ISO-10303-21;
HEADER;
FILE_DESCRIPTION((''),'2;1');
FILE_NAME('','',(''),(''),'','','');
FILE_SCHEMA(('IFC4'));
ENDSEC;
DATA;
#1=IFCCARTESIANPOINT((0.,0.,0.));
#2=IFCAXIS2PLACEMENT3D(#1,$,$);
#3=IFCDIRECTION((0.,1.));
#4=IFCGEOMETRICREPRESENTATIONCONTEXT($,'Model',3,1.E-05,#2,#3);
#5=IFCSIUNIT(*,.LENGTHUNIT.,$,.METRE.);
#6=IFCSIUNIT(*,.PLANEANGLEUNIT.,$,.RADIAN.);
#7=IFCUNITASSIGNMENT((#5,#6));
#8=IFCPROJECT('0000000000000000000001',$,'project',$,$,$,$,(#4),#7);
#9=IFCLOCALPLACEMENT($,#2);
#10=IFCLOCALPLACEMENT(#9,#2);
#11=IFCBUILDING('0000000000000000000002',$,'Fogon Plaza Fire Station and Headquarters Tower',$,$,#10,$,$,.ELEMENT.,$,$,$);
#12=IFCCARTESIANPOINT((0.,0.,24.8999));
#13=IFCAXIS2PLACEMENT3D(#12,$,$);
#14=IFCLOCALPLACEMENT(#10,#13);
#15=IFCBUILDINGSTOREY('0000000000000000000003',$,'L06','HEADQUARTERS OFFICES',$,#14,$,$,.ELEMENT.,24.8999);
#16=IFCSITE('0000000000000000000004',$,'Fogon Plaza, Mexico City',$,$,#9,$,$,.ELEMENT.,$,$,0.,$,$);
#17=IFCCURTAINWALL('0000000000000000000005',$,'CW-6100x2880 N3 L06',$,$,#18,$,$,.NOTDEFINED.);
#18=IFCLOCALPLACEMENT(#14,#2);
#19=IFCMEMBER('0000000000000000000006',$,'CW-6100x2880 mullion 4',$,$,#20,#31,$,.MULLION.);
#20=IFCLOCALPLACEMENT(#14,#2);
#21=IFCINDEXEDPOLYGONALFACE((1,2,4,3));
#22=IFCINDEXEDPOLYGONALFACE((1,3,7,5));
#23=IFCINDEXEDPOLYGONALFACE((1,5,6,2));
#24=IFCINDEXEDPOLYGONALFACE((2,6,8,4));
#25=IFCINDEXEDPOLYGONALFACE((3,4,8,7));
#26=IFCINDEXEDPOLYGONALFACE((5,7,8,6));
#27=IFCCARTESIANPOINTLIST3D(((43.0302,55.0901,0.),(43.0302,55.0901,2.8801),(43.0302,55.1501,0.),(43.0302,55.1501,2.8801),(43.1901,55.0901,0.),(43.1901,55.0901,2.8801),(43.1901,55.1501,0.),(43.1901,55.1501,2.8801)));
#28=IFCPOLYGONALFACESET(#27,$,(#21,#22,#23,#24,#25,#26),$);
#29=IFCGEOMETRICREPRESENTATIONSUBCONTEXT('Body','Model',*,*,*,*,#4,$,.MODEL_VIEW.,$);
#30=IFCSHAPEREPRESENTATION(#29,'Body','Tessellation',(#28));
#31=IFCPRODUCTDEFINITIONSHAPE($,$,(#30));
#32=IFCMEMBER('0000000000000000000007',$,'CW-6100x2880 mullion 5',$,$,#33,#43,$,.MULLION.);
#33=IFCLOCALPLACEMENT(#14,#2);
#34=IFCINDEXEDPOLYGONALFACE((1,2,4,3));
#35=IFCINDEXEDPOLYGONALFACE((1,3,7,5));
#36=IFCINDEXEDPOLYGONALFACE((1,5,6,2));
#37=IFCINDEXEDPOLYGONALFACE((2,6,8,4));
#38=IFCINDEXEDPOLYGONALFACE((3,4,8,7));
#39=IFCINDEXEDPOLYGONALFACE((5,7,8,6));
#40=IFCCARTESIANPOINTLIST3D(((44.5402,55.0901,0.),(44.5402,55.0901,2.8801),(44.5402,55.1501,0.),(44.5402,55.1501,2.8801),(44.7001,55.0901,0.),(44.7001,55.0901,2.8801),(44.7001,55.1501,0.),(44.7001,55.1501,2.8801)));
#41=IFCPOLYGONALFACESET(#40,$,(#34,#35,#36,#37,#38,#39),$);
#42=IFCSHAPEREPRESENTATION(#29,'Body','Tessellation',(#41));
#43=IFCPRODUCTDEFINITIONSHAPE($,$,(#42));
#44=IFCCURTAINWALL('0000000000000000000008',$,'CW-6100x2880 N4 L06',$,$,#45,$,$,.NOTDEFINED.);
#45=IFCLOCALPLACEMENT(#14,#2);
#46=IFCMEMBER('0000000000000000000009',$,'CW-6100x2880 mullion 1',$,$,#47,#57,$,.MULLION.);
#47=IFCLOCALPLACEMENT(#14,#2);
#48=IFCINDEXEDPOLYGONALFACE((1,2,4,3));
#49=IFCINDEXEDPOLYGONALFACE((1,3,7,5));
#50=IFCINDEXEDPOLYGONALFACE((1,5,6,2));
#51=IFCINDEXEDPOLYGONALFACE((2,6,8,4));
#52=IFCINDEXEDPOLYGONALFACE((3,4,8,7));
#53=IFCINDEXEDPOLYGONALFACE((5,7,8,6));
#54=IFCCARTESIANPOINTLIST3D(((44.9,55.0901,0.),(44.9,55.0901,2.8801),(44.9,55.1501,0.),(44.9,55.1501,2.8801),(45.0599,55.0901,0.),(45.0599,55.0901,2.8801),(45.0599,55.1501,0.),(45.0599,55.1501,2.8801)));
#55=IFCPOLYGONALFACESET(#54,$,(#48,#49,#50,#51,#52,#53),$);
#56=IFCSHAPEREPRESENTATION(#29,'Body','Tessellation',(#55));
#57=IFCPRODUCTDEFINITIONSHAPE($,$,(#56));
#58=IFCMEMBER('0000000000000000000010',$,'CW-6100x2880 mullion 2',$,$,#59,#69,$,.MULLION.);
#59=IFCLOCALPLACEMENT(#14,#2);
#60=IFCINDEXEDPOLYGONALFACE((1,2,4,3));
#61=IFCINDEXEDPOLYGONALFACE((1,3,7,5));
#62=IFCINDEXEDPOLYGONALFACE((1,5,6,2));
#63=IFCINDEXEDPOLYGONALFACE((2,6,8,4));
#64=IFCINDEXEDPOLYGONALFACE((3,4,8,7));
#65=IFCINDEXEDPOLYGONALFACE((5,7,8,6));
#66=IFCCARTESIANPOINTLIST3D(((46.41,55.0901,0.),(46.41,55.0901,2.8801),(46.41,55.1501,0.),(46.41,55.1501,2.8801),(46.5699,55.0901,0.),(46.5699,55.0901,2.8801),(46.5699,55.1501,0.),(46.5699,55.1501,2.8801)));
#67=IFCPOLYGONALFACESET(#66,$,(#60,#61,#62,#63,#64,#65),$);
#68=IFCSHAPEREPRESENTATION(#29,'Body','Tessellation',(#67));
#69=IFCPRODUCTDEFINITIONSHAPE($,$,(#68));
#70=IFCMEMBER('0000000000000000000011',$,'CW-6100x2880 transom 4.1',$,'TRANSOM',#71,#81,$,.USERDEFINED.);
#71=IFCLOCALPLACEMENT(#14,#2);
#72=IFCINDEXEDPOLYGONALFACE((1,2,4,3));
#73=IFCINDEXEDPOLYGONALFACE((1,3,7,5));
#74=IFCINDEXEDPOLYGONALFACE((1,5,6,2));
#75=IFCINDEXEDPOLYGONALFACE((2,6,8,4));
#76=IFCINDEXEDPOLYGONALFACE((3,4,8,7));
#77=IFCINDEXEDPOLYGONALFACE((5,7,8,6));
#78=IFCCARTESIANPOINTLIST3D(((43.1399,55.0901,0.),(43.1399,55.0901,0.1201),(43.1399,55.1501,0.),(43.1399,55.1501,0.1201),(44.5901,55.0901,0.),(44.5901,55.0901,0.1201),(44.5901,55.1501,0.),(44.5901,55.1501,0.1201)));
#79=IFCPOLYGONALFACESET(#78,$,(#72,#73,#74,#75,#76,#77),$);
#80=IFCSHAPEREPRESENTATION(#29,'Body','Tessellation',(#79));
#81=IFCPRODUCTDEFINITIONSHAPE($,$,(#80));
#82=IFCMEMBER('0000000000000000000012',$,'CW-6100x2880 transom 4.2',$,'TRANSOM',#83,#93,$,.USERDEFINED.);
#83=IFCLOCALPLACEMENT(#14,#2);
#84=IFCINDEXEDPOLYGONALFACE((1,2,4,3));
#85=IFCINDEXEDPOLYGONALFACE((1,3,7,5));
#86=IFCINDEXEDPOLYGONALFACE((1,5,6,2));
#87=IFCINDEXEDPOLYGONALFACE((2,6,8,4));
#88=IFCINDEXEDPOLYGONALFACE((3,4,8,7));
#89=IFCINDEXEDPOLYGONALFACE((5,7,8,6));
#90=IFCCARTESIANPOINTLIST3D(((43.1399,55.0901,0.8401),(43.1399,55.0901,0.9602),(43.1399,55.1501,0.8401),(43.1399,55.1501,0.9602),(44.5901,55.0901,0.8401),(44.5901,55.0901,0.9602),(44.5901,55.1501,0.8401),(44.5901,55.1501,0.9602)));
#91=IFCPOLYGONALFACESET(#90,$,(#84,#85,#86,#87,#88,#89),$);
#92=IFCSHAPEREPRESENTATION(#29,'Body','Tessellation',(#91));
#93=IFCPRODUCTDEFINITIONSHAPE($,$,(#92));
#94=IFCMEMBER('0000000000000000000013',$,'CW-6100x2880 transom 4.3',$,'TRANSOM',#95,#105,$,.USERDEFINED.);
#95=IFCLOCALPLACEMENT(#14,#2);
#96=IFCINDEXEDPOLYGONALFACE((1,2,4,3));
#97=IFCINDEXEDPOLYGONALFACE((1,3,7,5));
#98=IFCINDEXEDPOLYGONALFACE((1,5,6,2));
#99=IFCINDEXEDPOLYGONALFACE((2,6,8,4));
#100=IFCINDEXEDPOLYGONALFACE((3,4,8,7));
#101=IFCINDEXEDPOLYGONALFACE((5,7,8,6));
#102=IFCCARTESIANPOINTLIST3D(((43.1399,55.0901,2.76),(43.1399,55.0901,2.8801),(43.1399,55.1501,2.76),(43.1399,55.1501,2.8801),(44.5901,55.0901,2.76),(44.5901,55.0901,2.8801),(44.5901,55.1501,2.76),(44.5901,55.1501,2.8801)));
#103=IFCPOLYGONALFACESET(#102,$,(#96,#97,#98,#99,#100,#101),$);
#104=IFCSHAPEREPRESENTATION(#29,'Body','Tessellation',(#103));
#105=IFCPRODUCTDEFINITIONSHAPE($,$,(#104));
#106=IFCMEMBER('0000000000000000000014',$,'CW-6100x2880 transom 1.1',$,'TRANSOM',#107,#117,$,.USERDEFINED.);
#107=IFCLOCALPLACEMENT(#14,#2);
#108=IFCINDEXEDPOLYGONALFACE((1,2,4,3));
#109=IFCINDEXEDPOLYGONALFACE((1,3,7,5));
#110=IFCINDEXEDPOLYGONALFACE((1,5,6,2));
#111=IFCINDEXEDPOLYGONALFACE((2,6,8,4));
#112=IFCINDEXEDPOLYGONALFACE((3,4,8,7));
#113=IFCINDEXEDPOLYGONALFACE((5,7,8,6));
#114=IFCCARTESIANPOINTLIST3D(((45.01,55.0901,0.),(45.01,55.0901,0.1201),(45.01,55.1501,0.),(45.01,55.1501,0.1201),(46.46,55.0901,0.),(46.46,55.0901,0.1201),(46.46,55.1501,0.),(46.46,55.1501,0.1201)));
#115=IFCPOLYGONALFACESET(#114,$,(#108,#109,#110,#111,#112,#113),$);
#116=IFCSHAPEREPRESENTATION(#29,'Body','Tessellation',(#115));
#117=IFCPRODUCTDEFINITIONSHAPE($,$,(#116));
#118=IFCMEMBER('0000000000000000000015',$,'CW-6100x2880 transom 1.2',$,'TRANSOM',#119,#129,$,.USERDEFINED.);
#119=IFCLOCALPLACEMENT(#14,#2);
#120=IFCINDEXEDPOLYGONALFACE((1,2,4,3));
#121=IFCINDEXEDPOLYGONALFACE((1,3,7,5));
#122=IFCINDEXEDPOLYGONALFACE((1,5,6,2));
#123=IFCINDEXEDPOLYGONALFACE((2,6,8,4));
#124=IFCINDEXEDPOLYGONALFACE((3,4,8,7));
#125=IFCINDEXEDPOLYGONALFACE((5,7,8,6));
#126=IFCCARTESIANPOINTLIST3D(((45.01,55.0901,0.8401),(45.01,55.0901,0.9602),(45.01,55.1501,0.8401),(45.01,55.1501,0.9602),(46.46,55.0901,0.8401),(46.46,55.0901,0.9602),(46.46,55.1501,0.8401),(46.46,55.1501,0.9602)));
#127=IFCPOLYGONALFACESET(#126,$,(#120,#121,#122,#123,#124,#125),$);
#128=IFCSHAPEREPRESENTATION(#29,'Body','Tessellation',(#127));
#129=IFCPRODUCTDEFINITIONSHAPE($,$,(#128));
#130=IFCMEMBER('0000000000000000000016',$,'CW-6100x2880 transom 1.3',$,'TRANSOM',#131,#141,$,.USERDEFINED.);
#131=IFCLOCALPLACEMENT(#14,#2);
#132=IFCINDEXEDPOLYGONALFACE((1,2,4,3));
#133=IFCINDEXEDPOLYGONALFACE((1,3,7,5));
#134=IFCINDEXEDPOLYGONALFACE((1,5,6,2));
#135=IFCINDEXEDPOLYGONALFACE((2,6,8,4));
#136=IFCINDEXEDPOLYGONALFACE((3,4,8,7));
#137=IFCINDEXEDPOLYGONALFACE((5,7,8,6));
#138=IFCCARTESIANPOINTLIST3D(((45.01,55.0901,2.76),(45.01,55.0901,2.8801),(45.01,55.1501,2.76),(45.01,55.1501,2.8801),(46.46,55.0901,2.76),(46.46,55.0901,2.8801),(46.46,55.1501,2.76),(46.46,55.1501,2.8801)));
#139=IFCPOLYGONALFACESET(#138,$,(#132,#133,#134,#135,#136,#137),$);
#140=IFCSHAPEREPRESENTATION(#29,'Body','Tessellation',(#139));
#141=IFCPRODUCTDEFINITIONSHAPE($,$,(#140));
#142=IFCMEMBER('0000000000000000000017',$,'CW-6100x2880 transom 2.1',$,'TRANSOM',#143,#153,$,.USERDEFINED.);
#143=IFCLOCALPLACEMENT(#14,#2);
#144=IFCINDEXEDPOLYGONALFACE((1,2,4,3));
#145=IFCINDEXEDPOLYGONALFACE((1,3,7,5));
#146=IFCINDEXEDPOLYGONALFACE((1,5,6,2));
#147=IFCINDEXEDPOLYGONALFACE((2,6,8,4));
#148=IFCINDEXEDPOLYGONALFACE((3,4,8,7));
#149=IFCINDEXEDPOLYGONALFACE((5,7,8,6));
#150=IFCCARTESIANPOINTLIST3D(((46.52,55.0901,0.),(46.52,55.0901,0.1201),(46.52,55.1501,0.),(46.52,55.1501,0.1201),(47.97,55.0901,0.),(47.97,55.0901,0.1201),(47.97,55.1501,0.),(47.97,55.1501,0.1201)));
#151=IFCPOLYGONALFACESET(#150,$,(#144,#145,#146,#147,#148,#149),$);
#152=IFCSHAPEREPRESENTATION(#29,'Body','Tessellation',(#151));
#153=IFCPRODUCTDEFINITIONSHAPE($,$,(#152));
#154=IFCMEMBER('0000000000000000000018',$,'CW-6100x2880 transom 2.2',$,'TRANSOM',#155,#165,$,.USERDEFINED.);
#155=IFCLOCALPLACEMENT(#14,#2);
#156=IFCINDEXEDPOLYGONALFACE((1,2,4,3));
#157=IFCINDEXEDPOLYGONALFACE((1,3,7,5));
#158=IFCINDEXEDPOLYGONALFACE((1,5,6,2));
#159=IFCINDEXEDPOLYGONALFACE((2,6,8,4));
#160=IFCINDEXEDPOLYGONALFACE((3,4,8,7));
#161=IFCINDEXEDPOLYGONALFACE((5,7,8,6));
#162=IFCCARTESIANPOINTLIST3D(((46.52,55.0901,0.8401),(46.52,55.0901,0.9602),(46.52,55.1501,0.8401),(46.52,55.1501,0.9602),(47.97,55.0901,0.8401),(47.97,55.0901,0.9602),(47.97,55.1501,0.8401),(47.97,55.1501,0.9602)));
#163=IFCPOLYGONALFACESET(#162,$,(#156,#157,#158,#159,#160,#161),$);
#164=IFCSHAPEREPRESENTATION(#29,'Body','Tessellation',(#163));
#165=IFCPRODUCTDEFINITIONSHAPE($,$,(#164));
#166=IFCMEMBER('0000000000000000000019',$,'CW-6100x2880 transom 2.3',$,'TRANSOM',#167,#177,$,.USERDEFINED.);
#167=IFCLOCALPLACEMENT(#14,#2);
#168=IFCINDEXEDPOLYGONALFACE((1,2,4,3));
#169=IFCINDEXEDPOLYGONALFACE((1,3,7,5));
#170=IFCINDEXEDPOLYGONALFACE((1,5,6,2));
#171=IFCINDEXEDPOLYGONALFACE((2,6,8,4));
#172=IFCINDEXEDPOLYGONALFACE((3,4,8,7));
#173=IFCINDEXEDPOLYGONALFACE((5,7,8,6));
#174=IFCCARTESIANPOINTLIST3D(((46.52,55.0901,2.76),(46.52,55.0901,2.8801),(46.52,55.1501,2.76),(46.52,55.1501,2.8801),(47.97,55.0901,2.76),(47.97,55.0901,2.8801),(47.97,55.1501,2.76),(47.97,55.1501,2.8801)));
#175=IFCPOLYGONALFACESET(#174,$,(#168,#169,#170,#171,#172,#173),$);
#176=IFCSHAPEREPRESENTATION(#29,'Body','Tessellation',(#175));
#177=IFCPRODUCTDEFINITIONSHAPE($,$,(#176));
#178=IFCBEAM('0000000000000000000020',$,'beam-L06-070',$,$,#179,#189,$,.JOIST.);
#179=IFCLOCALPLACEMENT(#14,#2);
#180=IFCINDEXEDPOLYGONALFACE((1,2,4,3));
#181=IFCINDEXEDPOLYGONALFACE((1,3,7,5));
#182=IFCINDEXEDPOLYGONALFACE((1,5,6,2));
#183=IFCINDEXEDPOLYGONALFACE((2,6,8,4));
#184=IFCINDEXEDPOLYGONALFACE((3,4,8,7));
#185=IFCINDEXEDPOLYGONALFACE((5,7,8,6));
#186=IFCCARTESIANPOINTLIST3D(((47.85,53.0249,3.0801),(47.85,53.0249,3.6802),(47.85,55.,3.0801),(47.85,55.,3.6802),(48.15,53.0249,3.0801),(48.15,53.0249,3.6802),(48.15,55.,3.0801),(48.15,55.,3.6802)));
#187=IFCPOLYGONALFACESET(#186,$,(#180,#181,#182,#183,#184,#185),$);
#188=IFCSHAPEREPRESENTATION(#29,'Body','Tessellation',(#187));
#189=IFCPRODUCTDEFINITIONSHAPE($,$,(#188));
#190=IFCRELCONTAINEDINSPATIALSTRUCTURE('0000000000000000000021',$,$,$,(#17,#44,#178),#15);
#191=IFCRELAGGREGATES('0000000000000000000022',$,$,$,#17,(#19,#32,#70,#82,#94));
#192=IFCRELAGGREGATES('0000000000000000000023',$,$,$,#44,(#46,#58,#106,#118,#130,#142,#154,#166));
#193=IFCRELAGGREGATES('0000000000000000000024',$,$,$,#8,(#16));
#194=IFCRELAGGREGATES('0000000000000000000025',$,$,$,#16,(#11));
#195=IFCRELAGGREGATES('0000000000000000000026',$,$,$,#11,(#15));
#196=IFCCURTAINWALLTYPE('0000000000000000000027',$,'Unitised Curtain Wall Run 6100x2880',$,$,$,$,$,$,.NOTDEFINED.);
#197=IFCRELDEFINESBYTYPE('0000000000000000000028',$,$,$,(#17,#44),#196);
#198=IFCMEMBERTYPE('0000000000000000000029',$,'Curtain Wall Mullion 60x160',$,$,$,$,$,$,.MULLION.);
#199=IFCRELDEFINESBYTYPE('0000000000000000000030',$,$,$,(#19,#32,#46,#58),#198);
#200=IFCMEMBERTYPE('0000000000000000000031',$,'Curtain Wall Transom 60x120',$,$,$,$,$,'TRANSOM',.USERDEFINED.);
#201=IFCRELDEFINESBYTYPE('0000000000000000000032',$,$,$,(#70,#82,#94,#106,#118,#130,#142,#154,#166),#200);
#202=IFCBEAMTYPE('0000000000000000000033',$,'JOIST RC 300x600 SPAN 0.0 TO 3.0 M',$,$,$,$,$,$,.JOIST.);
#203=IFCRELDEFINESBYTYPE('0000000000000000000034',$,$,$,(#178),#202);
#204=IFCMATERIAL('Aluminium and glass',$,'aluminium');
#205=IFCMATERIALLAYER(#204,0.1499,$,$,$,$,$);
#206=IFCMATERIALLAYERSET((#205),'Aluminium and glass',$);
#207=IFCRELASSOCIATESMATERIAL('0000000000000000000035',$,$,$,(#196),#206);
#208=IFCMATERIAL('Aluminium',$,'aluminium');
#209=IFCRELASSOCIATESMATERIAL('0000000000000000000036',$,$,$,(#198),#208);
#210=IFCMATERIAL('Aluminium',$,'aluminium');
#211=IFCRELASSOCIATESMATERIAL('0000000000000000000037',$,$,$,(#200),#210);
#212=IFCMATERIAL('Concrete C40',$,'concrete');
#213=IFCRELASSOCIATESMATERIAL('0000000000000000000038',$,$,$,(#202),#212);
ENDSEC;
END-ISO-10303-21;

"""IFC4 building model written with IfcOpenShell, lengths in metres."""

from ifc_helpers import new_model, si_unit, direction, frame, origin, origin_2d, place, context, subcontext, project, spatial, rectangle, extrude, material, layer, layer_set, material_profile, profile_set, type_object, element, aggregate, save


model = new_model("IFC4")

# Units and contexts
model_context = context("Model", 3, precision=1e-05, world=origin(), true_north=direction((0.0, 1.0)))
body_context = subcontext(model_context, "Body", "Model", "MODEL_VIEW")
ifc_project = project(units=[si_unit("LENGTHUNIT", "METRE"), si_unit("PLANEANGLEUNIT", "RADIAN")], contexts=[model_context])

# Site, building, storey
site_placement = place(None, origin())
site = spatial("IfcSite", under=ifc_project, at=site_placement, Name="Fogon Plaza, Mexico City", CompositionType="ELEMENT", RefElevation=0.0)
building_placement = place(site_placement, origin())
building = spatial("IfcBuilding", under=site, at=building_placement, Name="Fogon Plaza Fire Station and Headquarters Tower", CompositionType="ELEMENT")
storey_placement = place(building_placement, frame((0.0, 0.0, 24.8999)))
storey = spatial("IfcBuildingStorey", under=building, at=storey_placement, Name="L06", Description="HEADQUARTERS OFFICES", CompositionType="ELEMENT", Elevation=24.8999)

# Curtain walls, members
ifc_material_1 = material(Name="Aluminium and glass", Category="aluminium")
ifc_layer_1 = layer(ifc_material_1, 0.1499)
ifc_layer_set_1 = layer_set([ifc_layer_1], Name="Aluminium and glass")
curtain_wall_type = type_object("IfcCurtainWallType", Name="Unitised Curtain Wall Run 6100x2880", PredefinedType="NOTDEFINED", material=ifc_layer_set_1)
curtain_wall_1_placement = place(storey_placement, origin())
curtain_wall_1 = element("IfcCurtainWall", 1, at=curtain_wall_1_placement, inside=storey, type_object=curtain_wall_type, Name="CW-6100x2880 N3 L06", PredefinedType="NOTDEFINED")
ifc_material_2 = material(Name="Aluminium", Category="aluminium")
ifc_material_profile_1 = material_profile(ifc_material_2, rectangle(XDim=0.0601, YDim=0.1599, at=origin_2d()), Name="Curtain Wall Mullion 60x160")
ifc_profile_set_1 = profile_set([ifc_material_profile_1], Name="Aluminium")
member_type_1 = type_object("IfcMemberType", Name="Curtain Wall Mullion 60x160", PredefinedType="MULLION", material=ifc_profile_set_1)
member_1_placement = place(storey_placement, frame((43.1101, 55.1201, 0.0), z_axis=(0.0, 0.0, 1.0), x_axis=(0.0, 1.0, 0.0)))
member_1 = element("IfcMember", 2, at=member_1_placement, type_object=member_type_1, Name="CW-6100x2880 mullion 4", PredefinedType="MULLION", context=body_context, shape_type="SweptSolid", body=[
    extrude(rectangle(XDim=0.0601, YDim=0.1599, at=origin_2d()), origin(), (0.0, 0.0, 1.0), 2.8801),
])
member_2_placement = place(storey_placement, frame((44.6201, 55.1201, 0.0), z_axis=(0.0, 0.0, 1.0), x_axis=(0.0, 1.0, 0.0)))
member_2 = element("IfcMember", 3, at=member_2_placement, type_object=member_type_1, Name="CW-6100x2880 mullion 5", PredefinedType="MULLION", context=body_context, shape_type="SweptSolid", body=[
    extrude(rectangle(XDim=0.0601, YDim=0.1599, at=origin_2d()), origin(), (0.0, 0.0, 1.0), 2.8801),
])
curtain_wall_2_placement = place(storey_placement, origin())
curtain_wall_2 = element("IfcCurtainWall", 4, at=curtain_wall_2_placement, inside=storey, type_object=curtain_wall_type, Name="CW-6100x2880 N4 L06", PredefinedType="NOTDEFINED")
member_3_placement = place(storey_placement, frame((44.98, 55.1201, 0.0), z_axis=(0.0, 0.0, 1.0), x_axis=(0.0, 1.0, 0.0)))
member_3 = element("IfcMember", 5, at=member_3_placement, type_object=member_type_1, Name="CW-6100x2880 mullion 1", PredefinedType="MULLION", context=body_context, shape_type="SweptSolid", body=[
    extrude(rectangle(XDim=0.0601, YDim=0.1599, at=origin_2d()), origin(), (0.0, 0.0, 1.0), 2.8801),
])
member_4_placement = place(storey_placement, frame((46.49, 55.1201, 0.0), z_axis=(0.0, 0.0, 1.0), x_axis=(0.0, 1.0, 0.0)))
member_4 = element("IfcMember", 6, at=member_4_placement, type_object=member_type_1, Name="CW-6100x2880 mullion 2", PredefinedType="MULLION", context=body_context, shape_type="SweptSolid", body=[
    extrude(rectangle(XDim=0.0601, YDim=0.1599, at=origin_2d()), origin(), (0.0, 0.0, 1.0), 2.8801),
])

# Members
ifc_material_3 = material(Name="Aluminium", Category="aluminium")
ifc_material_profile_2 = material_profile(ifc_material_3, rectangle(XDim=0.0601, YDim=0.1201, at=origin_2d()), Name="Curtain Wall Transom 60x120")
ifc_profile_set_2 = profile_set([ifc_material_profile_2], Name="Aluminium")
member_type_2 = type_object("IfcMemberType", Name="Curtain Wall Transom 60x120", ElementType="TRANSOM", PredefinedType="USERDEFINED", material=ifc_profile_set_2)
member_5_placement = place(storey_placement, frame((43.1399, 55.1201, 0.0601), z_axis=(1.0, 0.0, 0.0), x_axis=(0.0, 1.0, 0.0)))
member_5 = element("IfcMember", 7, at=member_5_placement, type_object=member_type_2, Name="CW-6100x2880 transom 4.1", ObjectType="TRANSOM", PredefinedType="USERDEFINED", context=body_context, shape_type="SweptSolid", body=[
    extrude(rectangle(XDim=0.0601, YDim=0.1201, at=origin_2d()), origin(), (0.0, 0.0, 1.0), 1.4502),
])
member_6_placement = place(storey_placement, frame((43.1399, 55.1201, 0.9001), z_axis=(1.0, 0.0, 0.0), x_axis=(0.0, 1.0, 0.0)))
member_6 = element("IfcMember", 8, at=member_6_placement, type_object=member_type_2, Name="CW-6100x2880 transom 4.2", ObjectType="TRANSOM", PredefinedType="USERDEFINED", context=body_context, shape_type="SweptSolid", body=[
    extrude(rectangle(XDim=0.0601, YDim=0.1201, at=origin_2d()), origin(), (0.0, 0.0, 1.0), 1.4502),
])
member_7_placement = place(storey_placement, frame((43.1399, 55.1201, 2.8201), z_axis=(1.0, 0.0, 0.0), x_axis=(0.0, 1.0, 0.0)))
member_7 = element("IfcMember", 9, at=member_7_placement, type_object=member_type_2, Name="CW-6100x2880 transom 4.3", ObjectType="TRANSOM", PredefinedType="USERDEFINED", context=body_context, shape_type="SweptSolid", body=[
    extrude(rectangle(XDim=0.0601, YDim=0.1201, at=origin_2d()), origin(), (0.0, 0.0, 1.0), 1.4502),
])
member_8_placement = place(storey_placement, frame((45.01, 55.1201, 0.0601), z_axis=(1.0, 0.0, 0.0), x_axis=(0.0, 1.0, 0.0)))
member_8 = element("IfcMember", 10, at=member_8_placement, type_object=member_type_2, Name="CW-6100x2880 transom 1.1", ObjectType="TRANSOM", PredefinedType="USERDEFINED", context=body_context, shape_type="SweptSolid", body=[
    extrude(rectangle(XDim=0.0601, YDim=0.1201, at=origin_2d()), origin(), (0.0, 0.0, 1.0), 1.45),
])
member_9_placement = place(storey_placement, frame((45.01, 55.1201, 0.9001), z_axis=(1.0, 0.0, 0.0), x_axis=(0.0, 1.0, 0.0)))
member_9 = element("IfcMember", 11, at=member_9_placement, type_object=member_type_2, Name="CW-6100x2880 transom 1.2", ObjectType="TRANSOM", PredefinedType="USERDEFINED", context=body_context, shape_type="SweptSolid", body=[
    extrude(rectangle(XDim=0.0601, YDim=0.1201, at=origin_2d()), origin(), (0.0, 0.0, 1.0), 1.45),
])
member_10_placement = place(storey_placement, frame((45.01, 55.1201, 2.8201), z_axis=(1.0, 0.0, 0.0), x_axis=(0.0, 1.0, 0.0)))
member_10 = element("IfcMember", 12, at=member_10_placement, type_object=member_type_2, Name="CW-6100x2880 transom 1.3", ObjectType="TRANSOM", PredefinedType="USERDEFINED", context=body_context, shape_type="SweptSolid", body=[
    extrude(rectangle(XDim=0.0601, YDim=0.1201, at=origin_2d()), origin(), (0.0, 0.0, 1.0), 1.45),
])
member_11_placement = place(storey_placement, frame((46.52, 55.1201, 0.0601), z_axis=(1.0, 0.0, 0.0), x_axis=(0.0, 1.0, 0.0)))
member_11 = element("IfcMember", 13, at=member_11_placement, type_object=member_type_2, Name="CW-6100x2880 transom 2.1", ObjectType="TRANSOM", PredefinedType="USERDEFINED", context=body_context, shape_type="SweptSolid", body=[
    extrude(rectangle(XDim=0.0601, YDim=0.1201, at=origin_2d()), origin(), (0.0, 0.0, 1.0), 1.45),
])
member_12_placement = place(storey_placement, frame((46.52, 55.1201, 0.9001), z_axis=(1.0, 0.0, 0.0), x_axis=(0.0, 1.0, 0.0)))
member_12 = element("IfcMember", 14, at=member_12_placement, type_object=member_type_2, Name="CW-6100x2880 transom 2.2", ObjectType="TRANSOM", PredefinedType="USERDEFINED", context=body_context, shape_type="SweptSolid", body=[
    extrude(rectangle(XDim=0.0601, YDim=0.1201, at=origin_2d()), origin(), (0.0, 0.0, 1.0), 1.45),
])
member_13_placement = place(storey_placement, frame((46.52, 55.1201, 2.8201), z_axis=(1.0, 0.0, 0.0), x_axis=(0.0, 1.0, 0.0)))
member_13 = element("IfcMember", 15, at=member_13_placement, type_object=member_type_2, Name="CW-6100x2880 transom 2.3", ObjectType="TRANSOM", PredefinedType="USERDEFINED", context=body_context, shape_type="SweptSolid", body=[
    extrude(rectangle(XDim=0.0601, YDim=0.1201, at=origin_2d()), origin(), (0.0, 0.0, 1.0), 1.45),
])

# Beam
ifc_material_4 = material(Name="Concrete C40", Category="concrete")
ifc_material_profile_3 = material_profile(ifc_material_4, rectangle(XDim=0.3, YDim=0.6001, at=origin_2d()), Name="RC 300x600")
ifc_profile_set_3 = profile_set([ifc_material_profile_3], Name="Concrete C40")
beam_type = type_object("IfcBeamType", Name="JOIST RC 300x600 SPAN 0.0 TO 3.0 M", PredefinedType="JOIST", material=ifc_profile_set_3)
for number, where, z_axis, x_axis, name in (
    (16, (48.0, 53.0249, 3.3801), (0.0, 1.0, 0.0), (-1.0, 0.0, 0.0), "beam-L06-070"),
):
    element("IfcBeam", number, at=place(storey_placement, frame(where, z_axis=z_axis, x_axis=x_axis)), inside=storey, type_object=beam_type, Name=name, PredefinedType="JOIST", context=body_context, shape_type="SweptSolid", body=[
        extrude(rectangle(XDim=0.3, YDim=0.6001, at=origin_2d()), origin(), (0.0, 0.0, 1.0), 1.9751),
    ])

aggregate(curtain_wall_1, [member_1, member_2, member_5, member_6, member_7])
aggregate(curtain_wall_2, [member_3, member_4, member_8, member_9, member_10, member_11, member_12, member_13])

save(model, "model.ifc")
